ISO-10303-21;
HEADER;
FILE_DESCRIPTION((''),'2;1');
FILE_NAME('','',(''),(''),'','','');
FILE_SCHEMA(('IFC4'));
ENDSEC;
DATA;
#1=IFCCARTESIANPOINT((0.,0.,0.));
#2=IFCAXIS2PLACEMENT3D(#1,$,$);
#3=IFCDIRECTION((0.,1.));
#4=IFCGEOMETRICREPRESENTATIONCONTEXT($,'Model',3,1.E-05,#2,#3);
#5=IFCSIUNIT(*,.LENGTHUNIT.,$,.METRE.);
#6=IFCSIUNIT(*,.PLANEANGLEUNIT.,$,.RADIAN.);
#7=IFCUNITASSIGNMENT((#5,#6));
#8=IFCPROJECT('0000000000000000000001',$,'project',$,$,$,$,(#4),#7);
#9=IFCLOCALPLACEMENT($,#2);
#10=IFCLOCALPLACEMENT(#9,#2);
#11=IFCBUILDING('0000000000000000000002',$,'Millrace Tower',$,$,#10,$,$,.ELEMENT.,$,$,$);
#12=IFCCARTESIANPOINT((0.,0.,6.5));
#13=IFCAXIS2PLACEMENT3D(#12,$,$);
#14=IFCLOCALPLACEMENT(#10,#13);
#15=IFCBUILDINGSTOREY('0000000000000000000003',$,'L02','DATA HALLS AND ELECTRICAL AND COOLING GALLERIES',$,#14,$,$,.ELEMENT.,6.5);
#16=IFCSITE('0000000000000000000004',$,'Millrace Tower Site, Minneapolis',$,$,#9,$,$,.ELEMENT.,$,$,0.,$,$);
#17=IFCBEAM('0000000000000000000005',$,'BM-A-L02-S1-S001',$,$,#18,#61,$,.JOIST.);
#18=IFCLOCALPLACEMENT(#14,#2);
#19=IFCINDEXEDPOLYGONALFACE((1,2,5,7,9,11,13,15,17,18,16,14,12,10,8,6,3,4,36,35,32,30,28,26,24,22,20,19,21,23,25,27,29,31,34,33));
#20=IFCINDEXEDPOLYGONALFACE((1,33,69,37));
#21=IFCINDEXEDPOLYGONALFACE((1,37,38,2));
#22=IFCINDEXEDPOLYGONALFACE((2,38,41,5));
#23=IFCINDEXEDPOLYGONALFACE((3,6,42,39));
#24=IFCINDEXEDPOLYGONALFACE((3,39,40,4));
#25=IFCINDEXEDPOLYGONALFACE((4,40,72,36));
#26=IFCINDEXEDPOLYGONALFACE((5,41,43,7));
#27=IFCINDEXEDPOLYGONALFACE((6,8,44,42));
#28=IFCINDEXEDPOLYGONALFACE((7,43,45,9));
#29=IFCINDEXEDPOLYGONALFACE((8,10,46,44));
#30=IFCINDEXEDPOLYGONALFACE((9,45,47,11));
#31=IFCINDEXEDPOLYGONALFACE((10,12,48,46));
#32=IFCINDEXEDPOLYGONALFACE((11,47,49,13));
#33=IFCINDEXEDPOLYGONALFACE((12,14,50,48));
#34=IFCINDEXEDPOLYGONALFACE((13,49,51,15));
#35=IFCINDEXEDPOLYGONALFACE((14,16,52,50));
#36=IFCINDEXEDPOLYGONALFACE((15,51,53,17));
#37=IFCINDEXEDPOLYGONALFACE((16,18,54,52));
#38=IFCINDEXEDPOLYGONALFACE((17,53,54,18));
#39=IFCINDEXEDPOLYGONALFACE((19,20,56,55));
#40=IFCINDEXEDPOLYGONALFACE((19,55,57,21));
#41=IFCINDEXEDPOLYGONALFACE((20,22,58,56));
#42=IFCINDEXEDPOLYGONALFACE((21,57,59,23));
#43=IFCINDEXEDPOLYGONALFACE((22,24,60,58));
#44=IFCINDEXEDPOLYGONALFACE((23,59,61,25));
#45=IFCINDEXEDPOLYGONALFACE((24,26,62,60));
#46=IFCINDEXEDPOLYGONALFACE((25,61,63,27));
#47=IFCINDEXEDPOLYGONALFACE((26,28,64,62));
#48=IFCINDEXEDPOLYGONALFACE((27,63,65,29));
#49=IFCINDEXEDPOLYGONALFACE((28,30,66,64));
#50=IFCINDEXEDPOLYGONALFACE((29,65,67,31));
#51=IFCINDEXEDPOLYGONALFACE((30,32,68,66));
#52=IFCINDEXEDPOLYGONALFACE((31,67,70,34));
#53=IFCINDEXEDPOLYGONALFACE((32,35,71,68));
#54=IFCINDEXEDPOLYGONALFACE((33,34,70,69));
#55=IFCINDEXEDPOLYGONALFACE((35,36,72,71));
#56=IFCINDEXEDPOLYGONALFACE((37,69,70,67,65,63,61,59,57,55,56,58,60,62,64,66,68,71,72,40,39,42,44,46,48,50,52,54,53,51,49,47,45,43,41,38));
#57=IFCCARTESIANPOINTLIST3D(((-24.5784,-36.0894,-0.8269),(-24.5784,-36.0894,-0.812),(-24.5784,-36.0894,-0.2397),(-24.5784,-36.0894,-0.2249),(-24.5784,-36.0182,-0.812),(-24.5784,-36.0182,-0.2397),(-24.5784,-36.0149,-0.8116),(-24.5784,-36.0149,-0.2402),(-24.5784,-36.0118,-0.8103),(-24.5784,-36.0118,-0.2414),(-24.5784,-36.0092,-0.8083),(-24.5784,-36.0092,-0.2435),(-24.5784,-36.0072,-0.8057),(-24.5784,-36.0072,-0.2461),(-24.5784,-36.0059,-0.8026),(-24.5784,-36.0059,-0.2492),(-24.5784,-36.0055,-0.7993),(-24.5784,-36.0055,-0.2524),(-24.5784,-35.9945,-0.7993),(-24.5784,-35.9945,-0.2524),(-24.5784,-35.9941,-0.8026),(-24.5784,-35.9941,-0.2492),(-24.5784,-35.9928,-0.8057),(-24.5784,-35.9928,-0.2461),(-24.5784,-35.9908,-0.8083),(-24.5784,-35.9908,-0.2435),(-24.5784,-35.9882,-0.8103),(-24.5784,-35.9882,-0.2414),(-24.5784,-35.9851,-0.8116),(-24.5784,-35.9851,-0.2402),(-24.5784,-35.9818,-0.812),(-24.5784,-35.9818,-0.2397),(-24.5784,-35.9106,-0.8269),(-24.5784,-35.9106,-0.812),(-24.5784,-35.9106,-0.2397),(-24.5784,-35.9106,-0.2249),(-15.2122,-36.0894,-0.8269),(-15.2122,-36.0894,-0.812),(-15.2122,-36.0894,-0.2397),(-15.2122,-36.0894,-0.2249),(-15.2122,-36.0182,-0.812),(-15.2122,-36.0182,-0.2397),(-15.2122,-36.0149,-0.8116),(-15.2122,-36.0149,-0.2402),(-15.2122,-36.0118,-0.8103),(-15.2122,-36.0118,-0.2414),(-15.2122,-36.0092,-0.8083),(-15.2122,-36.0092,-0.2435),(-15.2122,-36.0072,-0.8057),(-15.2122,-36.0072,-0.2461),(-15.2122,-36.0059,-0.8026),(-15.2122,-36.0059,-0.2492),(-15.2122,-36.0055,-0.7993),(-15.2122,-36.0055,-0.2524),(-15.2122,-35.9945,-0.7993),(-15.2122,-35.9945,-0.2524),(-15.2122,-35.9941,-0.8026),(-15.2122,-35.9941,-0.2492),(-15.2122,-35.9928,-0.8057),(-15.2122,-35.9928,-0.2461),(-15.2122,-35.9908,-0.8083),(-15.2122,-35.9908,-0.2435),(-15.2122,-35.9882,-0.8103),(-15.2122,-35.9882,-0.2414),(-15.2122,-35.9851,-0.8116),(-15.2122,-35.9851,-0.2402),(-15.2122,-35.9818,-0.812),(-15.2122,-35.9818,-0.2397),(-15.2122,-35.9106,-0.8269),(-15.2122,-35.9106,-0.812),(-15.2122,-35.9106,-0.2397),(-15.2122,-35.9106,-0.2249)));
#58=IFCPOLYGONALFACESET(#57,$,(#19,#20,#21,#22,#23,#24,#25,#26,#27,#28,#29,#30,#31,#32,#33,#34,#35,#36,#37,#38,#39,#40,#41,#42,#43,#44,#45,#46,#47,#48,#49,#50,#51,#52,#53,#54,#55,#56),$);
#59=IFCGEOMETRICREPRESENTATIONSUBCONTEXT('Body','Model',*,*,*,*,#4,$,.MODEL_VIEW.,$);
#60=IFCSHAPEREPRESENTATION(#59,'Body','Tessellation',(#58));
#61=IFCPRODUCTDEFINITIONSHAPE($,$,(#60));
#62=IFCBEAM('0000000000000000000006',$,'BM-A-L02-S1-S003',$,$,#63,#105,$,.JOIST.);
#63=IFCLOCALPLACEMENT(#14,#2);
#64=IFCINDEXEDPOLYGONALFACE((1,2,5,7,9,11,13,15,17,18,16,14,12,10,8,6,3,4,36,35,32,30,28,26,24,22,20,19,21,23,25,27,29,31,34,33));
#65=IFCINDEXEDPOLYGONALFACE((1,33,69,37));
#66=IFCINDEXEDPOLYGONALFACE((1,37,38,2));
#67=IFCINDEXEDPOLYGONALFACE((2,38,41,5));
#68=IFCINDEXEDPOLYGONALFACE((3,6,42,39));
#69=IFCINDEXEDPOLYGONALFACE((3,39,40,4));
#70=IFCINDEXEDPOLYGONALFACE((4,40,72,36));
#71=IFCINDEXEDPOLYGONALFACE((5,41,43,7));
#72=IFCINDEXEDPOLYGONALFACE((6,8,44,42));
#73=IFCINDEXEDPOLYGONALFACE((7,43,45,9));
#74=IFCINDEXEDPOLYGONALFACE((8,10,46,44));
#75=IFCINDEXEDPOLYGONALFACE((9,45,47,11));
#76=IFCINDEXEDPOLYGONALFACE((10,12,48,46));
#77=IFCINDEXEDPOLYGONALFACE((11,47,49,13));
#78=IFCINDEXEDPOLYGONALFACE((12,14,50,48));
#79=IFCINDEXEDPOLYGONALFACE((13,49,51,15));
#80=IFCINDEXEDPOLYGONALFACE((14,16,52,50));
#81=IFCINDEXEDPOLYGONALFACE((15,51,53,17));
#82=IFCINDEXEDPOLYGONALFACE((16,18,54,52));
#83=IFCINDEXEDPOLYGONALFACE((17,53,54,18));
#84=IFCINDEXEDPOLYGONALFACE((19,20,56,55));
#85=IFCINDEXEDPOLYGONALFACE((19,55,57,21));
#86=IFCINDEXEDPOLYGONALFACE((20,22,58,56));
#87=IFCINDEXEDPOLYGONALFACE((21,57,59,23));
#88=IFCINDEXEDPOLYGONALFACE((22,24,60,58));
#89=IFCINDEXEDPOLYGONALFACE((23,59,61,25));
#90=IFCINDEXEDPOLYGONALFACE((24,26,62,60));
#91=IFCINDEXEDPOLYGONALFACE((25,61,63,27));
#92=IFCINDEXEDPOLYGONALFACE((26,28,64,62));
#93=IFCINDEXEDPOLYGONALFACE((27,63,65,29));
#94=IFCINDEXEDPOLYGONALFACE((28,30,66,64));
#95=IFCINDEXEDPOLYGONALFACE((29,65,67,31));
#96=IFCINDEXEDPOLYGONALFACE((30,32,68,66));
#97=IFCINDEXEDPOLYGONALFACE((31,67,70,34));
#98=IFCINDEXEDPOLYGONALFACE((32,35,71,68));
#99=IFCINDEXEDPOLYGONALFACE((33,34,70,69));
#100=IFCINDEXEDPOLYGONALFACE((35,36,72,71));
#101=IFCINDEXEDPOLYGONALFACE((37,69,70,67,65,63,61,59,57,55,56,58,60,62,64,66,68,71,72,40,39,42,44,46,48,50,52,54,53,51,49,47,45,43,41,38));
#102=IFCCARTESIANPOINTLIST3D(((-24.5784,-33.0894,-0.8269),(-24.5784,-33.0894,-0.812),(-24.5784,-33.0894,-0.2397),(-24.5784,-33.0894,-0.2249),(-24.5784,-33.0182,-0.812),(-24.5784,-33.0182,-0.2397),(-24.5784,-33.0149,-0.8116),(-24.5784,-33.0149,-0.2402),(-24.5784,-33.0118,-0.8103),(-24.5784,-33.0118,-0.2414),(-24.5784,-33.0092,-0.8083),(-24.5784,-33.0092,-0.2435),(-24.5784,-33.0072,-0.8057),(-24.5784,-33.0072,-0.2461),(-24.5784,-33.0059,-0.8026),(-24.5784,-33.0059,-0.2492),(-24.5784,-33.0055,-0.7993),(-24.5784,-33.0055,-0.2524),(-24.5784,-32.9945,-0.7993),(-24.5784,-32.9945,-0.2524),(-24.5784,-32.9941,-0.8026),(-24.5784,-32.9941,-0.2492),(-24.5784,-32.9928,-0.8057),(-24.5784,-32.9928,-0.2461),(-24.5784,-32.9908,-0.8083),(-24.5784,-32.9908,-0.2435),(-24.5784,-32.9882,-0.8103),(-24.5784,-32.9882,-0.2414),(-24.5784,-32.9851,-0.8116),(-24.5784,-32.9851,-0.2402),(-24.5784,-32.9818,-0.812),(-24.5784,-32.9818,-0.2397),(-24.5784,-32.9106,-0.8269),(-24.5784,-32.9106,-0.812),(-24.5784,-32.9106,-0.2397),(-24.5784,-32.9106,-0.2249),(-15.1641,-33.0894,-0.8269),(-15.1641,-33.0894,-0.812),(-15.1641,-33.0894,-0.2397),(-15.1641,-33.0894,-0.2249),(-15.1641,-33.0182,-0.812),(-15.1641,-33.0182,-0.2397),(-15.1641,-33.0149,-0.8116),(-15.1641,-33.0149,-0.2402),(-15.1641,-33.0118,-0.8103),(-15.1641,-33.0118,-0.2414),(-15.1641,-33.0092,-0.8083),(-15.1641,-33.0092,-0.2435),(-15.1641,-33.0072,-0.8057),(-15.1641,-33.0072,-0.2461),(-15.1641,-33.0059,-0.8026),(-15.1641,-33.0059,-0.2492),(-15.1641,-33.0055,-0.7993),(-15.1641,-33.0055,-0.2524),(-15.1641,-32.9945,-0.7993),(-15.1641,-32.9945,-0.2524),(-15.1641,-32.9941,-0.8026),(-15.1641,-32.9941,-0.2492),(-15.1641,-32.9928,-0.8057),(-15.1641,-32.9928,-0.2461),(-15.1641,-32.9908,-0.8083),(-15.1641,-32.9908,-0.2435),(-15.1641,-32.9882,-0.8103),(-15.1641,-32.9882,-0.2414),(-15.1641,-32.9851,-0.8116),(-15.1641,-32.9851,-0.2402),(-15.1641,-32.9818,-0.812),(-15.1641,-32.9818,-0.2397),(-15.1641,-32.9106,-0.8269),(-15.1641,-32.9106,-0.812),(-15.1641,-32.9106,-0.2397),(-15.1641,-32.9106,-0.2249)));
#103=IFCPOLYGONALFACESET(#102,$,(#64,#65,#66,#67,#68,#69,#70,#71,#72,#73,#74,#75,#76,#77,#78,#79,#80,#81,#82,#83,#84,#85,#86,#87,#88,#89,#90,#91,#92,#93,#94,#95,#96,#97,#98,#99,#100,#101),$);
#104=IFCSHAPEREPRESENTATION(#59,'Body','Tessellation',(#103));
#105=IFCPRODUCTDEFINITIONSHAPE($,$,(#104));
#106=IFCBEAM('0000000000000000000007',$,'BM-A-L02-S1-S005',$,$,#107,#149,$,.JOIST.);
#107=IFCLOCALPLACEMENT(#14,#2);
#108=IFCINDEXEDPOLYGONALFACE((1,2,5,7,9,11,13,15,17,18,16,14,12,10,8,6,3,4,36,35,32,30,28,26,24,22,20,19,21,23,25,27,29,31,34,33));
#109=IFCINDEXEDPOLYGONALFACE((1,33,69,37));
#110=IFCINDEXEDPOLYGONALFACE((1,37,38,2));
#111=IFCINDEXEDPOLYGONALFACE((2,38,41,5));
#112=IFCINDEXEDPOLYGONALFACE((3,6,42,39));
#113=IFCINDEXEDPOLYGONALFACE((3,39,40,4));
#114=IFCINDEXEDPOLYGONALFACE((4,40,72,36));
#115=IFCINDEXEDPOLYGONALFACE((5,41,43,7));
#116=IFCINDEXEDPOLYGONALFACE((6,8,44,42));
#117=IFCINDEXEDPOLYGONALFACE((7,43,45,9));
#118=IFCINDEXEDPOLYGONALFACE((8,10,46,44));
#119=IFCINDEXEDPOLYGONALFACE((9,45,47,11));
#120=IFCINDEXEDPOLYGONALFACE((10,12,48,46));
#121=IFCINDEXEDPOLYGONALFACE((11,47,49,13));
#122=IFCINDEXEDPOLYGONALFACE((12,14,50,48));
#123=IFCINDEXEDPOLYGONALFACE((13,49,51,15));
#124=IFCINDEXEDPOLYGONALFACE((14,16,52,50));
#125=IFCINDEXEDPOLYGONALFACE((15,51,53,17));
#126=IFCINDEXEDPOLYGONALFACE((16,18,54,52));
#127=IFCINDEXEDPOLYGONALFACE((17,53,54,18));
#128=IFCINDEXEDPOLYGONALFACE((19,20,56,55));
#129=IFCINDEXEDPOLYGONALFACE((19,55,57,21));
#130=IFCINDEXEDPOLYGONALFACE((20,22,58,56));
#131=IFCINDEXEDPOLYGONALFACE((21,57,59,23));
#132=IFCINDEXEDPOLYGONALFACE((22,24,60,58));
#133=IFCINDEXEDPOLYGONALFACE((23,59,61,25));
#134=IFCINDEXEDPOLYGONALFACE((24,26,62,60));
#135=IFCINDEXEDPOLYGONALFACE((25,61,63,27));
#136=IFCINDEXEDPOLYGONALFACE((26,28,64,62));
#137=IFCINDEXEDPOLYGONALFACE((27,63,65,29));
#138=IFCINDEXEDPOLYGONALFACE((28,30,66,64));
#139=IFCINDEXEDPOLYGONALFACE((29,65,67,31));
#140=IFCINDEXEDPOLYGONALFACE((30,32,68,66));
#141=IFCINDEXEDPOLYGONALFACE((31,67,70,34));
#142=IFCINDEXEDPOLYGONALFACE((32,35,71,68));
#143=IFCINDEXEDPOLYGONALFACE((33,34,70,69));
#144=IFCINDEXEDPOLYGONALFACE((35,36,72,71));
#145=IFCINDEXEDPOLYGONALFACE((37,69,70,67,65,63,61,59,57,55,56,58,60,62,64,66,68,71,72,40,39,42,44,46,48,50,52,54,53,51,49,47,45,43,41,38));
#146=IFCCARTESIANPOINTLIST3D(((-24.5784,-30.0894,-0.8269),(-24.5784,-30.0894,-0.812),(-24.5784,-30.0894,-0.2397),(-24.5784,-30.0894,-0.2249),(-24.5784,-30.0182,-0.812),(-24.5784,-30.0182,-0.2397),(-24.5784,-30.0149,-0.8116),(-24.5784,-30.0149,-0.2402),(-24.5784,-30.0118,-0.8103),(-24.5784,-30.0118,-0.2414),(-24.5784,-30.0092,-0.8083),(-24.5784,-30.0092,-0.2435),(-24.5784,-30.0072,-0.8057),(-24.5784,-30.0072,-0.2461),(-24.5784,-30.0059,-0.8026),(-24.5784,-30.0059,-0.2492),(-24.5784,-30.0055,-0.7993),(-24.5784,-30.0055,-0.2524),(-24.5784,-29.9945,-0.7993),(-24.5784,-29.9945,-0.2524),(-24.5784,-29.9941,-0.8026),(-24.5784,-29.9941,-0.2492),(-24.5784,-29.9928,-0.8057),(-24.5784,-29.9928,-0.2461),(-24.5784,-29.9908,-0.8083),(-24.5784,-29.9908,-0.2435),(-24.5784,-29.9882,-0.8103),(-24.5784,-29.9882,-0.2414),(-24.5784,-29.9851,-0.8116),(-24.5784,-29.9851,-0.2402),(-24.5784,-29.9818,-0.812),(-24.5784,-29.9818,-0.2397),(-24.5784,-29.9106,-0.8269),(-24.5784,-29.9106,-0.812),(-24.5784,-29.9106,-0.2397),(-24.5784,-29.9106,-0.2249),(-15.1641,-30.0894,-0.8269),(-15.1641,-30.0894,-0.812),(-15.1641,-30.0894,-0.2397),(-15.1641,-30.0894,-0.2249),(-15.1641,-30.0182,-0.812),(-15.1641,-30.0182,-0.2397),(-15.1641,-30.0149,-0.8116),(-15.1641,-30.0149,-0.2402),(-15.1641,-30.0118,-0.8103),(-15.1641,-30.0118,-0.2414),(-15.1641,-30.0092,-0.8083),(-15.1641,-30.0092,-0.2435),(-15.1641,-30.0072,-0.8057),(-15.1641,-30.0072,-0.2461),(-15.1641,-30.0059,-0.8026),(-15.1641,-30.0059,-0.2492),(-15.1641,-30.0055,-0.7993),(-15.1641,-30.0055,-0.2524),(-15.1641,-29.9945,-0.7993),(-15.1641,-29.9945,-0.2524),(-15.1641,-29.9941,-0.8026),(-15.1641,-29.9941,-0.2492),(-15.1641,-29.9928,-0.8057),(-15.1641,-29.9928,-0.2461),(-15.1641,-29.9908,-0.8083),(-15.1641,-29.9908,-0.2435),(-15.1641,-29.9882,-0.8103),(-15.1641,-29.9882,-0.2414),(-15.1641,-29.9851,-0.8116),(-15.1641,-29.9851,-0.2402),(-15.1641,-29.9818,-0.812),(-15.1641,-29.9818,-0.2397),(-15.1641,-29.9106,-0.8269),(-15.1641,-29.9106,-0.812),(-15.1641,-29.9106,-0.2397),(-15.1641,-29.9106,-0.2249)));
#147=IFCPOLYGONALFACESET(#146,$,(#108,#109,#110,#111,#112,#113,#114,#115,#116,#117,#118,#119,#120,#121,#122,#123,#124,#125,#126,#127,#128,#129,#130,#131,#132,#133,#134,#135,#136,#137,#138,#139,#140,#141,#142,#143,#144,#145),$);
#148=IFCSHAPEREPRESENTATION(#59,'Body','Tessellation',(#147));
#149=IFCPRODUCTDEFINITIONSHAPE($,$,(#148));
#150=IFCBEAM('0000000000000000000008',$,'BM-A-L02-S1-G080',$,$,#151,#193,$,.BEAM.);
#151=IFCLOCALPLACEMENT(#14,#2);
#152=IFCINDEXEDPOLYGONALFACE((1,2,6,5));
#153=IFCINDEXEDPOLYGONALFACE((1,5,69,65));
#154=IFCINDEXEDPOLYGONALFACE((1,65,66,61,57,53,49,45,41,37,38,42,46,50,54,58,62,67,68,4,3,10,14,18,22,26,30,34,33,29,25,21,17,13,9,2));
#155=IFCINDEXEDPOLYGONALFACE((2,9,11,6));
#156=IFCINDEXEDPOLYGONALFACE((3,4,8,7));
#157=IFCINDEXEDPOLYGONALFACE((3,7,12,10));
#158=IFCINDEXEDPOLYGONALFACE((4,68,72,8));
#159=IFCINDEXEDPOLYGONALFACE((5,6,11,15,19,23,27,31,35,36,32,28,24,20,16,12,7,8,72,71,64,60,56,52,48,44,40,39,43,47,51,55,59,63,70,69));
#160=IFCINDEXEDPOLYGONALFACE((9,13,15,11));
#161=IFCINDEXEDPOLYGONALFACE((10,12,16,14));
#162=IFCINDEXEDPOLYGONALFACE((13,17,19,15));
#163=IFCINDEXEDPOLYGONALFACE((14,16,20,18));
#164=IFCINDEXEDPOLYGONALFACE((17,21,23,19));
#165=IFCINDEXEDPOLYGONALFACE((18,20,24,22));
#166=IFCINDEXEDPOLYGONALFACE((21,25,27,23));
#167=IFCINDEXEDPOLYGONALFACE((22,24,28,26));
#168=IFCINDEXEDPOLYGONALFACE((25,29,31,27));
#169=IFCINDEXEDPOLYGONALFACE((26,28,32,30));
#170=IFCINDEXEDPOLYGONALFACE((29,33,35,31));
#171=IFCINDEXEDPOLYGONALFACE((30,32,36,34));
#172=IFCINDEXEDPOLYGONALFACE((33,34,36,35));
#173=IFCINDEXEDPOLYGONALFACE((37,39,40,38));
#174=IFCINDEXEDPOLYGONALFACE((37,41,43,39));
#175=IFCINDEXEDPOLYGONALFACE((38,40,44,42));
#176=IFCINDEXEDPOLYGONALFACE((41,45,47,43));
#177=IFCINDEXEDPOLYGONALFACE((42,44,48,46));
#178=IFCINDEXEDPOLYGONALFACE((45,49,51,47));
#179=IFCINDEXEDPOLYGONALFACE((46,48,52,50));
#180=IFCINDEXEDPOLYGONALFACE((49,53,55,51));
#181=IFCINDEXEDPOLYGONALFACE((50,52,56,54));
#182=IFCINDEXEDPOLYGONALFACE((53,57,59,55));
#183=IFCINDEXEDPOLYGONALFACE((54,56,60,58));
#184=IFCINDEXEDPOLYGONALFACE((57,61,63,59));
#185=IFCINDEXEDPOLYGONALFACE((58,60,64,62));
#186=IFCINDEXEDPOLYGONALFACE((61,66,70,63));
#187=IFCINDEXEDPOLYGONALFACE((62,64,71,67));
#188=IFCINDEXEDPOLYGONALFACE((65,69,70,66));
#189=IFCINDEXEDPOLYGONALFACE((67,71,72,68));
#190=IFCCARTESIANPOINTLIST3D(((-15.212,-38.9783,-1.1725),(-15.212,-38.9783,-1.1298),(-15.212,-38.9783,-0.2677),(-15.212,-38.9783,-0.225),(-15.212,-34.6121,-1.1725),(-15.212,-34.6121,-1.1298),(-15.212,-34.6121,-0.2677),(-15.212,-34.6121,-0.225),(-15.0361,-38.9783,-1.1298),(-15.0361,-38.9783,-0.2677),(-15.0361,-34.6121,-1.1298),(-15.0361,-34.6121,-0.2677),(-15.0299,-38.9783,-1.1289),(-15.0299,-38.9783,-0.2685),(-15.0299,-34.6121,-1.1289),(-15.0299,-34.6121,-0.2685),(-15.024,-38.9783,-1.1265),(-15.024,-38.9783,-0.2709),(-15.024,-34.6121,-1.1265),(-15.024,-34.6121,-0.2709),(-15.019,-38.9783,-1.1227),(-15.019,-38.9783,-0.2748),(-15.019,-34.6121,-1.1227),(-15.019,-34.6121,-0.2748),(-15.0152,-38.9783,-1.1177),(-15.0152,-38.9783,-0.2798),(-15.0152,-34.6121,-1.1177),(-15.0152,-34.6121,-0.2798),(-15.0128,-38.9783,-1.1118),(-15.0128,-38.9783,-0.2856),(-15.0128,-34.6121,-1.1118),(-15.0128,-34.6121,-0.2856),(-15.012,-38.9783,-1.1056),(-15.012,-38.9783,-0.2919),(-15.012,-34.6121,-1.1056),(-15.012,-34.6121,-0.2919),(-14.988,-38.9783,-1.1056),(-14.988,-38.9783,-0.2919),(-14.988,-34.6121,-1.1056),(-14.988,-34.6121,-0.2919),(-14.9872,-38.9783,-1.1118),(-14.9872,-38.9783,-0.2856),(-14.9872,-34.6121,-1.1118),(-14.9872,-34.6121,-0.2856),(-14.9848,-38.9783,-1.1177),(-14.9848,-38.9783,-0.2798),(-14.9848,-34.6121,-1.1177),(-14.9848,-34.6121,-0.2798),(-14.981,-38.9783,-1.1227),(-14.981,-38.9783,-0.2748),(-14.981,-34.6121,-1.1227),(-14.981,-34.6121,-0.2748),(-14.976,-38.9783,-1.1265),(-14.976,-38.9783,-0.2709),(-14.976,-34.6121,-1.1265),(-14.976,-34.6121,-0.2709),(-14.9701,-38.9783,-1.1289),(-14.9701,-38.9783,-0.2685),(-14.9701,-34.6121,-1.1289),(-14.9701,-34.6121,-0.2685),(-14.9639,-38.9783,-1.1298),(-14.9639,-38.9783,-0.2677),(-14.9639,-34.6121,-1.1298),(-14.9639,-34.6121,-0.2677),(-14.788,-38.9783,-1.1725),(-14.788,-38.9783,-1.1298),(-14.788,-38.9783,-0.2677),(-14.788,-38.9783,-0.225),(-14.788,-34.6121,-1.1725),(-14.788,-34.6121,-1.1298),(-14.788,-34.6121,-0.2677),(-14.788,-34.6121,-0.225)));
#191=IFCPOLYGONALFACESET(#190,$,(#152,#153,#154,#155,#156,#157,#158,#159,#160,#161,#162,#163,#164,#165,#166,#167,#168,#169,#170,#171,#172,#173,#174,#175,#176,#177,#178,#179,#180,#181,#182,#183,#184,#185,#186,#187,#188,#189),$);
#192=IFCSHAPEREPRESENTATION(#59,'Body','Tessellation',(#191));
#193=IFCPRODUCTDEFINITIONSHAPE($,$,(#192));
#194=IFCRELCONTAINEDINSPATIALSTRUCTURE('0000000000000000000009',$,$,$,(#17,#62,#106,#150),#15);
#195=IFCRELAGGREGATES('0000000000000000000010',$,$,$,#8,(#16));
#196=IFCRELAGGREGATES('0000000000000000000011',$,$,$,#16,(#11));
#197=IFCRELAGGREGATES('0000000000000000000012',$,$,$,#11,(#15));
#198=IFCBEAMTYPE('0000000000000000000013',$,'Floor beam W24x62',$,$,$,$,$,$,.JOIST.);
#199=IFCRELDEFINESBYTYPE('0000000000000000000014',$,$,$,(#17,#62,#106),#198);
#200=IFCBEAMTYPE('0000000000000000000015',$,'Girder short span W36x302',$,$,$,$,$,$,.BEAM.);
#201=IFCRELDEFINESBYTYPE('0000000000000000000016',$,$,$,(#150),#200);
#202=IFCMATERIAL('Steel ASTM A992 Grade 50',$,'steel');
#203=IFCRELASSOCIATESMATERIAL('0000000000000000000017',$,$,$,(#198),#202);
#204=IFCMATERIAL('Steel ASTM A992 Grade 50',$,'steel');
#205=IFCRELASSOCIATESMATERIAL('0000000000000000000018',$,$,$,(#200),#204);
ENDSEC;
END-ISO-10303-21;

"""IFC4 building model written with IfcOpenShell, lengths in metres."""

from ifc_helpers import new_model, si_unit, direction, frame, origin, origin_2d, place, context, subcontext, project, spatial, i_section, extrude, material, material_profile, profile_set, type_object, element, save


model = new_model("IFC4")

# Units and contexts
model_context = context("Model", 3, precision=1e-05, world=origin(), true_north=direction((0.0, 1.0)))
body_context = subcontext(model_context, "Body", "Model", "MODEL_VIEW")
ifc_project = project(units=[si_unit("LENGTHUNIT", "METRE"), si_unit("PLANEANGLEUNIT", "RADIAN")], contexts=[model_context])

# Site, building, storey
site_placement = place(None, origin())
site = spatial("IfcSite", under=ifc_project, at=site_placement, Name="Millrace Tower Site, Minneapolis", CompositionType="ELEMENT", RefElevation=0.0)
building_placement = place(site_placement, origin())
building = spatial("IfcBuilding", under=site, at=building_placement, Name="Millrace Tower", CompositionType="ELEMENT")
storey_placement = place(building_placement, frame((0.0, 0.0, 6.5)))
storey = spatial("IfcBuildingStorey", under=building, at=storey_placement, Name="L02", Description="DATA HALLS AND ELECTRICAL AND COOLING GALLERIES", CompositionType="ELEMENT", Elevation=6.5)

# Beams
ifc_material_1 = material(Name="Steel ASTM A992 Grade 50", Category="steel")
ifc_material_profile_1 = material_profile(ifc_material_1, i_section(OverallWidth=0.1787, OverallDepth=0.6021, WebThickness=0.011, FlangeThickness=0.0149, FilletRadius=0.0127, at=origin_2d()))
ifc_profile_set_1 = profile_set([ifc_material_profile_1], Name="Steel ASTM A992 Grade 50")
beam_type_1 = type_object("IfcBeamType", Name="Floor beam W24x62", PredefinedType="JOIST", material=ifc_profile_set_1)
beam_1_placement = place(storey_placement, frame((-24.5784, -36.0, -0.5259), z_axis=(1.0, 0.0, 0.0), x_axis=(0.0, 1.0, 0.0)))
element("IfcBeam", 1, at=beam_1_placement, inside=storey, type_object=beam_type_1, Name="BM-A-L02-S1-S001", PredefinedType="JOIST", context=body_context, shape_type="SweptSolid", body=[
    extrude(i_section(OverallWidth=0.1787, OverallDepth=0.6021, WebThickness=0.011, FlangeThickness=0.0149, FilletRadius=0.0127, at=origin_2d()), origin(), (0.0, 0.0, 1.0), 9.3662),
])
for number, where, z_axis, x_axis, name in (
    (2, (-24.5784, -33.0, -0.5259), (1.0, 0.0, 0.0), (0.0, 1.0, 0.0), "BM-A-L02-S1-S003"),
    (3, (-24.5784, -30.0, -0.5259), (1.0, 0.0, 0.0), (0.0, 1.0, 0.0), "BM-A-L02-S1-S005"),
):
    element("IfcBeam", number, at=place(storey_placement, frame(where, z_axis=z_axis, x_axis=x_axis)), inside=storey, type_object=beam_type_1, Name=name, PredefinedType="JOIST", context=body_context, shape_type="SweptSolid", body=[
        extrude(i_section(OverallWidth=0.1787, OverallDepth=0.6021, WebThickness=0.011, FlangeThickness=0.0149, FilletRadius=0.0127, at=origin_2d()), origin(), (0.0, 0.0, 1.0), 9.4143),
    ])
ifc_material_2 = material(Name="Steel ASTM A992 Grade 50", Category="steel")
ifc_material_profile_2 = material_profile(ifc_material_2, i_section(OverallWidth=0.4241, OverallDepth=0.9475, WebThickness=0.0239, FlangeThickness=0.0427, FilletRadius=0.0242, at=origin_2d()))
ifc_profile_set_2 = profile_set([ifc_material_profile_2], Name="Steel ASTM A992 Grade 50")
beam_type_2 = type_object("IfcBeamType", Name="Girder short span W36x302", PredefinedType="BEAM", material=ifc_profile_set_2)
beam_2_placement = place(storey_placement, frame((-15.0, -38.9783, -0.6987), z_axis=(0.0, 1.0, 0.0), x_axis=(-1.0, 0.0, 0.0)))
element("IfcBeam", 4, at=beam_2_placement, inside=storey, type_object=beam_type_2, Name="BM-A-L02-S1-G080", PredefinedType="BEAM", context=body_context, shape_type="SweptSolid", body=[
    extrude(i_section(OverallWidth=0.4241, OverallDepth=0.9475, WebThickness=0.0239, FlangeThickness=0.0427, FilletRadius=0.0242, at=origin_2d()), origin(), (0.0, 0.0, 1.0), 4.3662),
])

save(model, "model.ifc")
